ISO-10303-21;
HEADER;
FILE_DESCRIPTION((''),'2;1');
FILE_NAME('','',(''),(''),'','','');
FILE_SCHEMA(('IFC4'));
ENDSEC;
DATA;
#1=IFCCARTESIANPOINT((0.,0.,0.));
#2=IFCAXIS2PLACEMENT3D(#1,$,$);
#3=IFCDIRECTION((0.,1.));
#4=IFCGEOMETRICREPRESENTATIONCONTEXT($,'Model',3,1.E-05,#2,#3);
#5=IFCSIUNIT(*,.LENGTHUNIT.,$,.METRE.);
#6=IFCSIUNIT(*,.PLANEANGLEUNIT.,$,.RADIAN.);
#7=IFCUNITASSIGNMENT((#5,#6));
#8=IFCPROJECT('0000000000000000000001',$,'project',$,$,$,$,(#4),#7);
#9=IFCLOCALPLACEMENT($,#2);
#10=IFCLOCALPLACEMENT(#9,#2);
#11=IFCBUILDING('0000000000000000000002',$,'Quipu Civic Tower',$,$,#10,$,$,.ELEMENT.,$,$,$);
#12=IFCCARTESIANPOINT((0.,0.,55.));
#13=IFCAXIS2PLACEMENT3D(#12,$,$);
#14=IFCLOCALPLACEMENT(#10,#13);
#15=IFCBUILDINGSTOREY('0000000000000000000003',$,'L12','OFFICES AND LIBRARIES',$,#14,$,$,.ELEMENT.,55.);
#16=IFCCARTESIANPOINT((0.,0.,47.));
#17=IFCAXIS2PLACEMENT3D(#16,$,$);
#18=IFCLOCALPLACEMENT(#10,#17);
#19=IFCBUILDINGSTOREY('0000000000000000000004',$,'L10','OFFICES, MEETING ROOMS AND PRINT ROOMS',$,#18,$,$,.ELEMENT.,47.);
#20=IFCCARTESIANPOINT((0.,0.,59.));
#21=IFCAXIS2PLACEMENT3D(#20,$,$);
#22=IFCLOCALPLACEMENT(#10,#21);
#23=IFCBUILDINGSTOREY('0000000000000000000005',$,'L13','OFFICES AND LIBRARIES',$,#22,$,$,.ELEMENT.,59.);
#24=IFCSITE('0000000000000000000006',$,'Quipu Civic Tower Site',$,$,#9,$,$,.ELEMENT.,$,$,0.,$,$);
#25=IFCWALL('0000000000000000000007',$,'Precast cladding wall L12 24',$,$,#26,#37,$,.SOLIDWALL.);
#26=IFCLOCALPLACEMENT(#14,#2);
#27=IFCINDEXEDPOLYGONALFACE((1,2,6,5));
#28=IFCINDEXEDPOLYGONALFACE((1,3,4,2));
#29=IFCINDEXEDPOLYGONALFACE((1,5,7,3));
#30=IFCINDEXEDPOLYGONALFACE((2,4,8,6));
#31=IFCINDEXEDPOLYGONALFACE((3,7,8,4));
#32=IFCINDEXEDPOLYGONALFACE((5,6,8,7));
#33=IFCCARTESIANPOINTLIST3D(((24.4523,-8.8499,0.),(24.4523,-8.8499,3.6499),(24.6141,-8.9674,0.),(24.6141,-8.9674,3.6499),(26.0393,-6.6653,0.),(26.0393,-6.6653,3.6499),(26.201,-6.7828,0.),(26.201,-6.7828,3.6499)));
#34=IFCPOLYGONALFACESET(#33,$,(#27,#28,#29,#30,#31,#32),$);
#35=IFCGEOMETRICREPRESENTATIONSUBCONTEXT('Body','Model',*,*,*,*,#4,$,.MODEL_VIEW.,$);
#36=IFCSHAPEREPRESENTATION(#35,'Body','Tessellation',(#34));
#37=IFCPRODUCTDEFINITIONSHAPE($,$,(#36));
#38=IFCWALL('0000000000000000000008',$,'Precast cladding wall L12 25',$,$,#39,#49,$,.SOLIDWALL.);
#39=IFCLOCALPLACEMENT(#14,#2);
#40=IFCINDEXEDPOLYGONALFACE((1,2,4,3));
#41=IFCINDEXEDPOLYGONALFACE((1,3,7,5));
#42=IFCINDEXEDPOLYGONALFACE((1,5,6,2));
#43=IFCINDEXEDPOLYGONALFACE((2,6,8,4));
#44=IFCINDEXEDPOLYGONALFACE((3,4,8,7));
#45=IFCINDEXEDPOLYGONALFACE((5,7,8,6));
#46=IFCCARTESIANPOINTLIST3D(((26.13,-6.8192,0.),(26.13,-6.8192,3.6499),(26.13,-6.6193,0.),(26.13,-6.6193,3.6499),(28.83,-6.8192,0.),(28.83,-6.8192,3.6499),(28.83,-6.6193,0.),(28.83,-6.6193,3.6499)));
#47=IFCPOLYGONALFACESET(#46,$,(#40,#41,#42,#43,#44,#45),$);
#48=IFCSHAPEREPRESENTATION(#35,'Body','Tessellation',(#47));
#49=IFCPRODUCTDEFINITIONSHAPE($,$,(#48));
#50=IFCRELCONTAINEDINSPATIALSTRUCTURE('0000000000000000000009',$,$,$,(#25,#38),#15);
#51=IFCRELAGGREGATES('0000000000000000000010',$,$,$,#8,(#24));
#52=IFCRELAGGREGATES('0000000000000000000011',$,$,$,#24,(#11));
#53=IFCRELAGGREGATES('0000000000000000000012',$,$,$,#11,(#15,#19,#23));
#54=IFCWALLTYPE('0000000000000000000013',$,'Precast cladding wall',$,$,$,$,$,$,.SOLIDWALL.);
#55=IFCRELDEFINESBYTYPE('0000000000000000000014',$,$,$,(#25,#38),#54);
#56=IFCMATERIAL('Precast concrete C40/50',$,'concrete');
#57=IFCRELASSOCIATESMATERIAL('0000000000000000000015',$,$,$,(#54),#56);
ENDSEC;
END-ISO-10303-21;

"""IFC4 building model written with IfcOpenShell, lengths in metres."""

from ifc_helpers import new_model, si_unit, direction, frame, frame_2d, origin, place, context, subcontext, project, spatial, rectangle, extrude, material, type_object, element, save


model = new_model("IFC4")

# Units and contexts
model_context = context("Model", 3, precision=1e-05, world=origin(), true_north=direction((0.0, 1.0)))
body_context = subcontext(model_context, "Body", "Model", "MODEL_VIEW")
ifc_project = project(units=[si_unit("LENGTHUNIT", "METRE"), si_unit("PLANEANGLEUNIT", "RADIAN")], contexts=[model_context])

# Site, building, storey
site_placement = place(None, origin())
site = spatial("IfcSite", under=ifc_project, at=site_placement, Name="Quipu Civic Tower Site", CompositionType="ELEMENT", RefElevation=0.0)
building_placement = place(site_placement, origin())
building = spatial("IfcBuilding", under=site, at=building_placement, Name="Quipu Civic Tower", CompositionType="ELEMENT")
storey_1_placement = place(building_placement, frame((0.0, 0.0, 55.0)))
storey_1 = spatial("IfcBuildingStorey", under=building, at=storey_1_placement, Name="L12", Description="OFFICES AND LIBRARIES", CompositionType="ELEMENT", Elevation=55.0)

# Shared definitions
storey_2_placement = place(building_placement, frame((0.0, 0.0, 47.0)))
storey_2 = spatial("IfcBuildingStorey", under=building, at=storey_2_placement, Name="L10", Description="OFFICES, MEETING ROOMS AND PRINT ROOMS", CompositionType="ELEMENT", Elevation=47.0)

# Shared definitions
storey_3_placement = place(building_placement, frame((0.0, 0.0, 59.0)))
storey_3 = spatial("IfcBuildingStorey", under=building, at=storey_3_placement, Name="L13", Description="OFFICES AND LIBRARIES", CompositionType="ELEMENT", Elevation=59.0)

# Walls
ifc_material_1 = material(Name="Precast concrete C40/50", Category="concrete")
wall_type_1 = type_object("IfcWallType", Name="Precast cladding wall", PredefinedType="SOLIDWALL", material=ifc_material_1)
wall_1_placement = place(storey_1_placement, frame((24.5332, -8.9087, 0.0), z_axis=(0.0, 0.0, 1.0), x_axis=(0.58772, 0.809064, 0.0)))
element("IfcWall", 1, at=wall_1_placement, inside=storey_1, type_object=wall_type_1, Name="Precast cladding wall L12 24", PredefinedType="SOLIDWALL", context=body_context, shape_type="SweptSolid", body=[
    extrude(rectangle(XDim=2.7002, YDim=0.2, at=frame_2d((1.3501, 0.0))), origin(), (0.0, 0.0, 1.0), 3.6499),
])
wall_2_placement = place(storey_1_placement, frame((26.1299, -6.7192, 0.0), z_axis=(0.0, 0.0, 1.0), x_axis=(1.0, 0.0, 0.0)))
element("IfcWall", 2, at=wall_2_placement, inside=storey_1, type_object=wall_type_1, Name="Precast cladding wall L12 25", PredefinedType="SOLIDWALL", context=body_context, shape_type="SweptSolid", body=[
    extrude(rectangle(XDim=2.7, YDim=0.2, at=frame_2d((1.3501, 0.0))), origin(), (0.0, 0.0, 1.0), 3.6499),
])

save(model, "model.ifc")
